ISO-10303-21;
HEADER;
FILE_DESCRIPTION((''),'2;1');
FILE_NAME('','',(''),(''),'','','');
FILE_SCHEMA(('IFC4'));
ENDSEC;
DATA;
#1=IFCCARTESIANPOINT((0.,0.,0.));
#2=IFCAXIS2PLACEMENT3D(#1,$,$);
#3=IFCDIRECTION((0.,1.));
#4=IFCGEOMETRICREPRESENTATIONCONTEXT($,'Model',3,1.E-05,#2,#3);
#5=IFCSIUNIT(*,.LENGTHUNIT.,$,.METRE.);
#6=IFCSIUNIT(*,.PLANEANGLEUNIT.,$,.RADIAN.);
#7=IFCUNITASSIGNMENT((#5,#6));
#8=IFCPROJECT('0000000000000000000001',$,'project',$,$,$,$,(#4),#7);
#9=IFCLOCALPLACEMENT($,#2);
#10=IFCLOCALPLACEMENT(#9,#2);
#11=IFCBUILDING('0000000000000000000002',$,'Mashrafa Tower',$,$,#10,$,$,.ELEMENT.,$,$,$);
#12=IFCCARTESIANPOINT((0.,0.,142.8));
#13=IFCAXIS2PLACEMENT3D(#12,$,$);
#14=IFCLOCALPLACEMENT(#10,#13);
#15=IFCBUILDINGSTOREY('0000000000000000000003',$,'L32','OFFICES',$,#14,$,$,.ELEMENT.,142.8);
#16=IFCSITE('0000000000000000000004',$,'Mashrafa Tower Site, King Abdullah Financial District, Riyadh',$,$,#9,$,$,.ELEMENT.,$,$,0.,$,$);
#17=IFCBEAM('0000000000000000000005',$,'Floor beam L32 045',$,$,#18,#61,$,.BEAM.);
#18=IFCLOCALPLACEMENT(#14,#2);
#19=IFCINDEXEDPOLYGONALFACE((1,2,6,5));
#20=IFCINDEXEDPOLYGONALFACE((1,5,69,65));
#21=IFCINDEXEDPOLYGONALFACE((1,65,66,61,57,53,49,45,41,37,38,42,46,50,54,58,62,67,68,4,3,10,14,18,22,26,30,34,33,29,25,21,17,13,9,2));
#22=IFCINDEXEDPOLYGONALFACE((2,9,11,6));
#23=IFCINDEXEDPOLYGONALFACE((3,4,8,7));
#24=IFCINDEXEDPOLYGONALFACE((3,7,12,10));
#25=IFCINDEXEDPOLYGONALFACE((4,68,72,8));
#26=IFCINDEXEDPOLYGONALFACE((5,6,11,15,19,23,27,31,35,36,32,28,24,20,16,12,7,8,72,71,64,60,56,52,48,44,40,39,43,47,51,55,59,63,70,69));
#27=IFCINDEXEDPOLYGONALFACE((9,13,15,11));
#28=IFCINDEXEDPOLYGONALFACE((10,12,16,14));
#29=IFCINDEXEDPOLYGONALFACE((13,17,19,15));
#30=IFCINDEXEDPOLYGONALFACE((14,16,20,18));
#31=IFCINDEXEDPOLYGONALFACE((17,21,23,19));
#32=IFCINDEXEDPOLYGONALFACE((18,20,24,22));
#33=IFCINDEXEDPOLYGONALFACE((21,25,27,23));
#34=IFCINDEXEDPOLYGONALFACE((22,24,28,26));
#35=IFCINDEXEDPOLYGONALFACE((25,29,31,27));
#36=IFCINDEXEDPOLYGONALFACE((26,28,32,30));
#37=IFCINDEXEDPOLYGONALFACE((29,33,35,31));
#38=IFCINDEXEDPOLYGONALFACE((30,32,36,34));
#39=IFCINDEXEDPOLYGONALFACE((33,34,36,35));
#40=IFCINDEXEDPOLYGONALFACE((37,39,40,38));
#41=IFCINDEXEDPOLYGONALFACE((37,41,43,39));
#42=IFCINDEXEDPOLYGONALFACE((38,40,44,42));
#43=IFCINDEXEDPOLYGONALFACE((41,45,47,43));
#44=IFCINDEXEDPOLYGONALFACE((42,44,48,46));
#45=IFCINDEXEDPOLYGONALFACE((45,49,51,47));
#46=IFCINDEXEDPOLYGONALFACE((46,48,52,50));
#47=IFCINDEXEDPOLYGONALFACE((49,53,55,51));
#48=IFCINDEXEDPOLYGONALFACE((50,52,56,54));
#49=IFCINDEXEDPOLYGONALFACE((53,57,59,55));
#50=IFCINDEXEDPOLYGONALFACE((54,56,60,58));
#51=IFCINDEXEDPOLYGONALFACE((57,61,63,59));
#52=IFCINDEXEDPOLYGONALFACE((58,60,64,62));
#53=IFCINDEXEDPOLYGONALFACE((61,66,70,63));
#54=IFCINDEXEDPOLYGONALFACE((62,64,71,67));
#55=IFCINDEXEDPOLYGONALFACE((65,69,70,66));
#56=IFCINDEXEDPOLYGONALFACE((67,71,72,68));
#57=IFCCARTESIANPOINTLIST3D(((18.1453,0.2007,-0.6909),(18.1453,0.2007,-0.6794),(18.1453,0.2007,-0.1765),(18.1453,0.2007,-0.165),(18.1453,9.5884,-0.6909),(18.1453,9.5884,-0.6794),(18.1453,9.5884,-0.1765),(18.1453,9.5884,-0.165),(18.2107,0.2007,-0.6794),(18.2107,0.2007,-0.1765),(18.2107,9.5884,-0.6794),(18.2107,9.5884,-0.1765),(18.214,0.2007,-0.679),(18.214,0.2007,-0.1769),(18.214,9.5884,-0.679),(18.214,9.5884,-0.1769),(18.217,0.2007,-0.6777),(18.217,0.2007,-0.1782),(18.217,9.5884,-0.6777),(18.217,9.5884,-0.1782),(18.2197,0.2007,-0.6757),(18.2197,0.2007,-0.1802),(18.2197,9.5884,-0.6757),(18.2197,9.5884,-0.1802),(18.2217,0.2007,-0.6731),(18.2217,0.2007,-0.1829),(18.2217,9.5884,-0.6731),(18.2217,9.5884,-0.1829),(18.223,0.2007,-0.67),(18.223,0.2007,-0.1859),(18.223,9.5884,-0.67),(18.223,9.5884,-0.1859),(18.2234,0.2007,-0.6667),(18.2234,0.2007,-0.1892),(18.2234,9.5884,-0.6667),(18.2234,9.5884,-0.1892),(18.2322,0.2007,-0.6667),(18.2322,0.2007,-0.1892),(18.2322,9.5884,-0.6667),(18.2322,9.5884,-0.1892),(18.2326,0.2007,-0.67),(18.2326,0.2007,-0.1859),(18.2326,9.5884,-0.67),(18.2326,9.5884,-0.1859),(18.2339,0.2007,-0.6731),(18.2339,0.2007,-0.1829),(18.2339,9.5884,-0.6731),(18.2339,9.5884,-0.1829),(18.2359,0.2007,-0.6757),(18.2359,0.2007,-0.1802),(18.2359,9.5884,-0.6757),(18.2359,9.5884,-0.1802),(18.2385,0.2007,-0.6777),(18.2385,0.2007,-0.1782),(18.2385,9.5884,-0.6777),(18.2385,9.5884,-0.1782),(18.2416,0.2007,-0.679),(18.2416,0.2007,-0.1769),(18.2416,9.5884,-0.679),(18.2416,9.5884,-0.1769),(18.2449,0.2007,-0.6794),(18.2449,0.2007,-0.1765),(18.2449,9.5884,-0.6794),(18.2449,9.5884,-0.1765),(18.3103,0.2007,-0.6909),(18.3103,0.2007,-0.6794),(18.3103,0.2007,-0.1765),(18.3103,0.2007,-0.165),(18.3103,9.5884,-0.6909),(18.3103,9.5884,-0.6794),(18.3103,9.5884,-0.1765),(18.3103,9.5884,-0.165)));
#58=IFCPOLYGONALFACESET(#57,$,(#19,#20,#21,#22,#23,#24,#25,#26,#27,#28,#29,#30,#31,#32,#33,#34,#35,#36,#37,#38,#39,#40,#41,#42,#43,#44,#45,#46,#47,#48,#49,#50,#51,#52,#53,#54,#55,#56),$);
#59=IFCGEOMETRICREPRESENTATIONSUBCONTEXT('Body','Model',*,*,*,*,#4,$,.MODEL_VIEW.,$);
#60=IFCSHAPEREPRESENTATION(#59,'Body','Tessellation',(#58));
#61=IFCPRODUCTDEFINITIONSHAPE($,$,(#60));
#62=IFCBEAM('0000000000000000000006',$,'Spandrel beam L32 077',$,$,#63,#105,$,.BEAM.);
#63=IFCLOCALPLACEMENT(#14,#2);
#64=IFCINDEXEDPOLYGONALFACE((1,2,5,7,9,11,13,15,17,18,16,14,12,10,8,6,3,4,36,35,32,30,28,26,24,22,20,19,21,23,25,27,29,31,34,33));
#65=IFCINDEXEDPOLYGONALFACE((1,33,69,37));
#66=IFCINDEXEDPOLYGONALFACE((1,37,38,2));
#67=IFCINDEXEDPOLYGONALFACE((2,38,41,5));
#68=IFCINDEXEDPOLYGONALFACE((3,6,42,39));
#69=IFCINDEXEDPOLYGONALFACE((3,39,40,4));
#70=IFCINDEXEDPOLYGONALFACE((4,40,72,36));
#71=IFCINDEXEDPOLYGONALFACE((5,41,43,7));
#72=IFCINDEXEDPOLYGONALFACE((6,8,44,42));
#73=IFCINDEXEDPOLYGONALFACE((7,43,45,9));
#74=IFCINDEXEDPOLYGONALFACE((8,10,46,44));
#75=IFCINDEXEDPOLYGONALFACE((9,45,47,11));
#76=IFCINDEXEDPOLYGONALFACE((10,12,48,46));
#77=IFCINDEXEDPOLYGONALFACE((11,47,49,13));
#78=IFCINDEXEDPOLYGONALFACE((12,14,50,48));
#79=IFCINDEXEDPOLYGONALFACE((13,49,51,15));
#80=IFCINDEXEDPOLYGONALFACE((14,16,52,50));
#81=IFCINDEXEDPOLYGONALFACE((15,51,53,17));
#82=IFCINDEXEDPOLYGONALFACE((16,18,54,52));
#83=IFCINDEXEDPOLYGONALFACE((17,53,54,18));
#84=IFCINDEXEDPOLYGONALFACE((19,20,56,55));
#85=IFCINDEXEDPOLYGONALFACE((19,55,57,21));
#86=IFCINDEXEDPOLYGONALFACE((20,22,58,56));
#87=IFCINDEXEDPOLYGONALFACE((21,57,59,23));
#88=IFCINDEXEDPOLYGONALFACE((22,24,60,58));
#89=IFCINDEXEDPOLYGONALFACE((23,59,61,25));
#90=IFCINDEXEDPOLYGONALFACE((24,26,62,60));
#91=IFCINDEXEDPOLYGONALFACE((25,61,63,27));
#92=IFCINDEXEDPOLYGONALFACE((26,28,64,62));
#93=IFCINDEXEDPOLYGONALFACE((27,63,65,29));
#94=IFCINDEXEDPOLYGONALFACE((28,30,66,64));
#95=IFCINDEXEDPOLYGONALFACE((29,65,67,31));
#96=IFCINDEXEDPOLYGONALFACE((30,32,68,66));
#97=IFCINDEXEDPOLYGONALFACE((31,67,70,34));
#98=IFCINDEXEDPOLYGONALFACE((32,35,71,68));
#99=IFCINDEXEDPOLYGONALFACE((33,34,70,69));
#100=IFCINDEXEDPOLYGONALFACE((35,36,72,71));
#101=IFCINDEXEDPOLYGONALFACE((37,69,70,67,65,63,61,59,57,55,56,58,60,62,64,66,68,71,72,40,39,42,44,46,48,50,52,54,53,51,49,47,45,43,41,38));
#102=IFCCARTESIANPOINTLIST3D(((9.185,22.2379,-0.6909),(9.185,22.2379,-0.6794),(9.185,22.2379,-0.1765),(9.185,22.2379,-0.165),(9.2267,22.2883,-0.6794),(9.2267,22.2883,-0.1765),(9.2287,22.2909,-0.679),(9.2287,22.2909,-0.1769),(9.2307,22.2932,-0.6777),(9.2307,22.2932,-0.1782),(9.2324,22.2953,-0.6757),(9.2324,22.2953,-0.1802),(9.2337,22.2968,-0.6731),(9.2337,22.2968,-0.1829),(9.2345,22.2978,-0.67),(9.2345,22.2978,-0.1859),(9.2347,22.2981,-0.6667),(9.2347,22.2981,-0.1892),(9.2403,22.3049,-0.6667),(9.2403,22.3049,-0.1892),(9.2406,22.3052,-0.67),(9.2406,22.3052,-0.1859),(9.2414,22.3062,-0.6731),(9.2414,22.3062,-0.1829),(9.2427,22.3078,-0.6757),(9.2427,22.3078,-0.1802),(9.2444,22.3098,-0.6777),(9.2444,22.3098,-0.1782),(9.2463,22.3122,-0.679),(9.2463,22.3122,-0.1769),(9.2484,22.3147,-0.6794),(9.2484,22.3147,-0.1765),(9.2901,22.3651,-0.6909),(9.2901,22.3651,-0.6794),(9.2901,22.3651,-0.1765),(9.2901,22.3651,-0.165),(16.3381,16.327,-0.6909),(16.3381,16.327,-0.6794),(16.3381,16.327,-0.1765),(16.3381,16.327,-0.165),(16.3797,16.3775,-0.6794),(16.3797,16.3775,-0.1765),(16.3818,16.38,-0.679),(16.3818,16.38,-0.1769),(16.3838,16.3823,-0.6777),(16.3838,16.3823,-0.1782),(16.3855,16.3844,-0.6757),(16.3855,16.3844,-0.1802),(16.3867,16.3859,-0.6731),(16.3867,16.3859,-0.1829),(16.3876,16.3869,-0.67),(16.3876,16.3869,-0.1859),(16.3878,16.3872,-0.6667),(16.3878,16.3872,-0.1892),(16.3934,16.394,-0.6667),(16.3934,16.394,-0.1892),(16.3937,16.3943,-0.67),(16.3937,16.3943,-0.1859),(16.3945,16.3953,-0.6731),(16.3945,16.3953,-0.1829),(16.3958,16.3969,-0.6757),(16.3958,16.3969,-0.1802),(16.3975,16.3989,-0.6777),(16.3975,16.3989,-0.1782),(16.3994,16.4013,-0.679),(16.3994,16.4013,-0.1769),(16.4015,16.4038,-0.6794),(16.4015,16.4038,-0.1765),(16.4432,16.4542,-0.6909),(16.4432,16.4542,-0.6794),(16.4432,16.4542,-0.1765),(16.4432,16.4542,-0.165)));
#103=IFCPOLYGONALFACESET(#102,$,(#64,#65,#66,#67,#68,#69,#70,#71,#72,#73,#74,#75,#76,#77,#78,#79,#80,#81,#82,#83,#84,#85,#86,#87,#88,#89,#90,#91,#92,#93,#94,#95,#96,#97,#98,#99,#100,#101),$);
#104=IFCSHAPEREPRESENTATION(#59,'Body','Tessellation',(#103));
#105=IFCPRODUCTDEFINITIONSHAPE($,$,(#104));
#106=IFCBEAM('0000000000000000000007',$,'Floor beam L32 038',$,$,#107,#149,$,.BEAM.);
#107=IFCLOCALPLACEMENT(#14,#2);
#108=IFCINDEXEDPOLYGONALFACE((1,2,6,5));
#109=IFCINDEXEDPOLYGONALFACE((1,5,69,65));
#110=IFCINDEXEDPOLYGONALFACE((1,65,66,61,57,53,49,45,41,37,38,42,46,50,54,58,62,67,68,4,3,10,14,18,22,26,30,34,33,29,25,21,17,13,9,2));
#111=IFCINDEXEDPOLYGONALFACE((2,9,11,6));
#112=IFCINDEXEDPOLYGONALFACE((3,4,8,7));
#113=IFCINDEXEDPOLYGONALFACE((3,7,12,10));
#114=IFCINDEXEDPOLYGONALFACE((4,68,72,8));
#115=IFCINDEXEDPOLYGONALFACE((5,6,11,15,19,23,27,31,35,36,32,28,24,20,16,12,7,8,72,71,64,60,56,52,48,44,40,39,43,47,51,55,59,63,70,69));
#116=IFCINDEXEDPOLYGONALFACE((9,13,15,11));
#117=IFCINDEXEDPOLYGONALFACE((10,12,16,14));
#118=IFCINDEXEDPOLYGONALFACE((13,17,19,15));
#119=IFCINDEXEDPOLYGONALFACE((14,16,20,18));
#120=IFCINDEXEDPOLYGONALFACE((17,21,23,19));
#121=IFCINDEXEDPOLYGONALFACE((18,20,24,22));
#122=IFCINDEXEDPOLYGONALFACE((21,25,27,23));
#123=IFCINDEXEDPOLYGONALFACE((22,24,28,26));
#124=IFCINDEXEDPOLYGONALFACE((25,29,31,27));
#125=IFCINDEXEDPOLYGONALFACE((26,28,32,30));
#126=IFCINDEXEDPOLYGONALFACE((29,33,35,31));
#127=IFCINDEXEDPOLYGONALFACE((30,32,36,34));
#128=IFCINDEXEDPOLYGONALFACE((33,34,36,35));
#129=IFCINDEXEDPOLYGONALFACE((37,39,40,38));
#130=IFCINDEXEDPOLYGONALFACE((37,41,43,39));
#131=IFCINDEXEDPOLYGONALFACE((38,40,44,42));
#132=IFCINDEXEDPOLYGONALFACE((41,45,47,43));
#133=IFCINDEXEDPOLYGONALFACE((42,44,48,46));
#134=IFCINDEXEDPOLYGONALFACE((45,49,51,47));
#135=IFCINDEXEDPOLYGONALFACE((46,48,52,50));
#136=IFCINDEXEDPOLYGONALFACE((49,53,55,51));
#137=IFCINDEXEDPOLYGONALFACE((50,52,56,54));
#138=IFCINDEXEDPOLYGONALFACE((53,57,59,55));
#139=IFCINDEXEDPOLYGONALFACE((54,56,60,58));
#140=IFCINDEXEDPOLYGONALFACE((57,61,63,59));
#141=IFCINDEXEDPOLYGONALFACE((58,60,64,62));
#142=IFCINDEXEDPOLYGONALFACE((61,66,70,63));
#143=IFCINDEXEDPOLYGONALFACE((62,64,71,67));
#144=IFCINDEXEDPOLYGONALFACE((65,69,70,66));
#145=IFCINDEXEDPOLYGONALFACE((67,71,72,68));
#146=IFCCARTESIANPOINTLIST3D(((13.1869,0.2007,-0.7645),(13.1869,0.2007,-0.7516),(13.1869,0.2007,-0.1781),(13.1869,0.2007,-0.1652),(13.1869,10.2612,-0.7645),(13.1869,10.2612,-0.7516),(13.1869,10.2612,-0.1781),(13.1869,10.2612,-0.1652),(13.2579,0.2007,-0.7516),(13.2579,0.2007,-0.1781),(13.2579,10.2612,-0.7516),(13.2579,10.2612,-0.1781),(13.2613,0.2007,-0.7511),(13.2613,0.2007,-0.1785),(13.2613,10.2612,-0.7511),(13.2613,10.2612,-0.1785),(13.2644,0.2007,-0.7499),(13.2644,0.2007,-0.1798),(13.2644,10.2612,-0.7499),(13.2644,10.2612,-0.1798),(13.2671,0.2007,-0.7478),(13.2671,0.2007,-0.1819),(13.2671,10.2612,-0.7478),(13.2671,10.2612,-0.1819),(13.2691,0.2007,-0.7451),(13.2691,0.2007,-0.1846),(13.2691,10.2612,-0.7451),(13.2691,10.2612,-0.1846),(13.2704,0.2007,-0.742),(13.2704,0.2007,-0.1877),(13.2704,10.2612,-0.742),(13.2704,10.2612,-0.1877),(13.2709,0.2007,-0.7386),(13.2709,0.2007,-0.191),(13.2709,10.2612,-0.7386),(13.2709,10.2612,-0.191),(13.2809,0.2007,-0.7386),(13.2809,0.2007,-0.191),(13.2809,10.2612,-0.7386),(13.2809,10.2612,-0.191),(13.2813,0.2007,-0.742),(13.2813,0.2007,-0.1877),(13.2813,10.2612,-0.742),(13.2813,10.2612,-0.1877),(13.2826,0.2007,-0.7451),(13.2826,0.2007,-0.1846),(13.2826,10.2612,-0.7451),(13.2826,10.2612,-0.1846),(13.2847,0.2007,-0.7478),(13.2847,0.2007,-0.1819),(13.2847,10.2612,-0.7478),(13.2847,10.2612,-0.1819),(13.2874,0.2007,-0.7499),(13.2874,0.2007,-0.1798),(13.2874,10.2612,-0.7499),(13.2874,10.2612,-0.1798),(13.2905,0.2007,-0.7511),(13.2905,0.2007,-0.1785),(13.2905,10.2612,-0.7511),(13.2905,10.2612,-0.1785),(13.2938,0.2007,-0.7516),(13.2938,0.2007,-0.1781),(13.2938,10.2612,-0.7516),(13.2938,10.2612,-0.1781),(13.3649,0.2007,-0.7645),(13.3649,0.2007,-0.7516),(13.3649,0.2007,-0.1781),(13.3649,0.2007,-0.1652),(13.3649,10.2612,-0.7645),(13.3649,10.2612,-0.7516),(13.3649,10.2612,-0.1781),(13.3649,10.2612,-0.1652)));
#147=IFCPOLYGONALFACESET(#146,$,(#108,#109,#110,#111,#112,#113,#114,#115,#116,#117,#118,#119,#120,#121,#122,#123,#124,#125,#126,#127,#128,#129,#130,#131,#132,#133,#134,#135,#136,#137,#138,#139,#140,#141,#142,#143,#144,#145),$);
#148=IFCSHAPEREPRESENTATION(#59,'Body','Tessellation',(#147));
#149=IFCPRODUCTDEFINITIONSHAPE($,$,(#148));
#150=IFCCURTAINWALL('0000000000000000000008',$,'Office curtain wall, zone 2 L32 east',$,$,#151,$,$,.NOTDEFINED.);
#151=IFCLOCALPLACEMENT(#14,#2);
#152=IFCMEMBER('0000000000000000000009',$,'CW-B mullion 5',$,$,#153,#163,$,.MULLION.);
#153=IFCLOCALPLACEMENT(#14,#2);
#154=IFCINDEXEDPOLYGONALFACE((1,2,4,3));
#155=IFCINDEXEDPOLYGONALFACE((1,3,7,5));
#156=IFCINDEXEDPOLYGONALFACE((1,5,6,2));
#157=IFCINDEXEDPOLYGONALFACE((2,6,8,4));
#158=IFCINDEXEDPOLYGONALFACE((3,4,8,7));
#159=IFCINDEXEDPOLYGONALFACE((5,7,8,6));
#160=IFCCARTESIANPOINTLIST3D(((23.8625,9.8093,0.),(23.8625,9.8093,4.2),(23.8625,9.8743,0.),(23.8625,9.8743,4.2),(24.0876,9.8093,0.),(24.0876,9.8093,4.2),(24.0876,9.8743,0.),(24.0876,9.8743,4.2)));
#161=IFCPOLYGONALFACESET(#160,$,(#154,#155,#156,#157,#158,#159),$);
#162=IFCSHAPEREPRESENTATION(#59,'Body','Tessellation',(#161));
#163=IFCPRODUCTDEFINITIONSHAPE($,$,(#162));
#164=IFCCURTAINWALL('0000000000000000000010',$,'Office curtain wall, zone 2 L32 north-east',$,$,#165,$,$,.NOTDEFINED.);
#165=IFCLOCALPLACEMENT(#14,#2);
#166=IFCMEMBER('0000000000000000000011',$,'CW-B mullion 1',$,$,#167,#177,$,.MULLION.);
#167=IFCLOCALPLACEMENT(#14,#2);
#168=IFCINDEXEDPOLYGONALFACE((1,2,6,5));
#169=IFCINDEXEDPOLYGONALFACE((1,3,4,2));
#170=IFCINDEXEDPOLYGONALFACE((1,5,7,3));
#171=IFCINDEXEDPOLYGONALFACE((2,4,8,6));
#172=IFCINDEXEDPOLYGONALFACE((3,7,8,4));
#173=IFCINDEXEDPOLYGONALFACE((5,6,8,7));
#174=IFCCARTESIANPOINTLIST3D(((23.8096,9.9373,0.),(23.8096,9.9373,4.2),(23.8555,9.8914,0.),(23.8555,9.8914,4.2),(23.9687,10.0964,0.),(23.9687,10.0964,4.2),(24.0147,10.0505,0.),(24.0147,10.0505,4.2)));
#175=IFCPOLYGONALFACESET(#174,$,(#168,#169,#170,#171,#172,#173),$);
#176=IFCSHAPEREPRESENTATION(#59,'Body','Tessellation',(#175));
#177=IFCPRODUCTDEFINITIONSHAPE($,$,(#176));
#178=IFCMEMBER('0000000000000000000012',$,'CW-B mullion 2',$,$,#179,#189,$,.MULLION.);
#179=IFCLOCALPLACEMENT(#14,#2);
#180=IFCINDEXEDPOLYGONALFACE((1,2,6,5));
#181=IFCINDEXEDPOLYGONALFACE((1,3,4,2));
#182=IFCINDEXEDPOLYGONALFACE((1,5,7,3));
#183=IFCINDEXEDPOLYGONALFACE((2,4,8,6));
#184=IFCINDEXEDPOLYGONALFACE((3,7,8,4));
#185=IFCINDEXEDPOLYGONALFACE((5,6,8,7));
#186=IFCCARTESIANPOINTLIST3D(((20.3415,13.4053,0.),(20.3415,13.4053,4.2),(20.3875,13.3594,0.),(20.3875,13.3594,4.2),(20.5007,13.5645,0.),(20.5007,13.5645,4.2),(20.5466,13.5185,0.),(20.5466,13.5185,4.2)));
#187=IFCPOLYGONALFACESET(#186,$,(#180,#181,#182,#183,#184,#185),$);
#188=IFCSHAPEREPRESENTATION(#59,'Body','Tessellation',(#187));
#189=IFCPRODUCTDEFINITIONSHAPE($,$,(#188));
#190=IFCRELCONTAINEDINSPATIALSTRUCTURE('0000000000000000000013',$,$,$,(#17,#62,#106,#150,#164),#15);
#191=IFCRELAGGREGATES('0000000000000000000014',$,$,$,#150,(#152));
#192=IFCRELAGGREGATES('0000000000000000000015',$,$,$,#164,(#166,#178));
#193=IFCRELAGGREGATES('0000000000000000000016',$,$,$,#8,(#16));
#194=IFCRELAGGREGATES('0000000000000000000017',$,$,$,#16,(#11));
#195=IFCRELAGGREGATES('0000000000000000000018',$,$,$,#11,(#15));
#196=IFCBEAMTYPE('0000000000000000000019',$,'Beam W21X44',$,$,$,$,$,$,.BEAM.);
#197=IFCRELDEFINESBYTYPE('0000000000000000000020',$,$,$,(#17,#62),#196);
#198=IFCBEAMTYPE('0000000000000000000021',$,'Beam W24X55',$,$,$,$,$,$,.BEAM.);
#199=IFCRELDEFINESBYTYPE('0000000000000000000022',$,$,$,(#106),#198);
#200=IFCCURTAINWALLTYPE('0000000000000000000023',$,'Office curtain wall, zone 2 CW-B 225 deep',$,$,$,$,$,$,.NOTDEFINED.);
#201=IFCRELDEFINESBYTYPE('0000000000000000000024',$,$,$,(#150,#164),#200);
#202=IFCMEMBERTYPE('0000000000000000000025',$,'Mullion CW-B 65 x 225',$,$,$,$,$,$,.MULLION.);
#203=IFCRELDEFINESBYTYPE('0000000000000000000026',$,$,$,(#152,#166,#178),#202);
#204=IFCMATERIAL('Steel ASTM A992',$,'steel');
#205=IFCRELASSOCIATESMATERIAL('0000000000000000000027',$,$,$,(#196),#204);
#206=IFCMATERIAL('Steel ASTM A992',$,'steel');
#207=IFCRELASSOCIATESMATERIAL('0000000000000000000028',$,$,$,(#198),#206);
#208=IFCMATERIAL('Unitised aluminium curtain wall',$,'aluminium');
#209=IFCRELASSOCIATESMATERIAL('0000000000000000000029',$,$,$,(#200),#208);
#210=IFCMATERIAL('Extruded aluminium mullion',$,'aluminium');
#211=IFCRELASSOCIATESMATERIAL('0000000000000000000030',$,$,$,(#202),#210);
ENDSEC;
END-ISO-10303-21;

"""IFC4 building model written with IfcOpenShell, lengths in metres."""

from ifc_helpers import new_model, si_unit, direction, frame, origin, origin_2d, place, context, subcontext, project, spatial, rectangle, i_section, extrude, source, transform, mapped, material, material_profile, profile_set, type_object, type_shapes, element, aggregate, save


model = new_model("IFC4")

# Units and contexts
model_context = context("Model", 3, precision=1e-05, world=origin(), true_north=direction((0.0, 1.0)))
body_context = subcontext(model_context, "Body", "Model", "MODEL_VIEW")
ifc_project = project(units=[si_unit("LENGTHUNIT", "METRE"), si_unit("PLANEANGLEUNIT", "RADIAN")], contexts=[model_context])

# Site, building, storey
site_placement = place(None, origin())
site = spatial("IfcSite", under=ifc_project, at=site_placement, Name="Mashrafa Tower Site, King Abdullah Financial District, Riyadh", CompositionType="ELEMENT", RefElevation=0.0)
building_placement = place(site_placement, origin())
building = spatial("IfcBuilding", under=site, at=building_placement, Name="Mashrafa Tower", CompositionType="ELEMENT")
storey_placement = place(building_placement, frame((0.0, 0.0, 142.8)))
storey = spatial("IfcBuildingStorey", under=building, at=storey_placement, Name="L32", Description="OFFICES", CompositionType="ELEMENT", Elevation=142.8)

# Beams
ifc_material_1 = material(Name="Steel ASTM A992", Category="steel")
ifc_material_profile_1 = material_profile(ifc_material_1, i_section(OverallWidth=0.165, OverallDepth=0.5259, WebThickness=0.0088, FlangeThickness=0.0115, FilletRadius=0.0127, at=origin_2d()), Name="W21X44")
ifc_profile_set_1 = profile_set([ifc_material_profile_1], Name="Steel ASTM A992")
beam_type_1 = type_object("IfcBeamType", Name="Beam W21X44", PredefinedType="BEAM", material=ifc_profile_set_1)
beam_1_placement = place(storey_placement, frame((18.2278, 9.5884, -0.428), z_axis=(0.0, -1.0, 0.0), x_axis=(1.0, 0.0, 0.0)))
element("IfcBeam", 1, at=beam_1_placement, inside=storey, type_object=beam_type_1, Name="Floor beam L32 045", PredefinedType="BEAM", context=body_context, shape_type="SweptSolid", body=[
    extrude(i_section(OverallWidth=0.165, OverallDepth=0.5259, WebThickness=0.0088, FlangeThickness=0.0115, FilletRadius=0.0127, at=origin_2d()), origin(), (0.0, 0.0, 1.0), 9.3877),
])
beam_2_placement = place(storey_placement, frame((16.3906, 16.3906, -0.428), z_axis=(-0.770865, 0.636998, 0.0), x_axis=(-0.636998, -0.770865, 0.0)))
element("IfcBeam", 2, at=beam_2_placement, inside=storey, type_object=beam_type_1, Name="Spandrel beam L32 077", PredefinedType="BEAM", context=body_context, shape_type="SweptSolid", body=[
    extrude(i_section(OverallWidth=0.165, OverallDepth=0.5259, WebThickness=0.0088, FlangeThickness=0.0115, FilletRadius=0.0127, at=origin_2d()), origin(), (0.0, 0.0, 1.0), 9.2793),
])
ifc_material_2 = material(Name="Steel ASTM A992", Category="steel")
ifc_material_profile_2 = material_profile(ifc_material_2, i_section(OverallWidth=0.178, OverallDepth=0.5994, WebThickness=0.01, FlangeThickness=0.0129, FilletRadius=0.0129, at=origin_2d()), Name="W24X55")
ifc_profile_set_2 = profile_set([ifc_material_profile_2], Name="Steel ASTM A992")
beam_type_2 = type_object("IfcBeamType", Name="Beam W24X55", PredefinedType="BEAM", material=ifc_profile_set_2)
beam_3_placement = place(storey_placement, frame((13.2759, 10.2612, -0.4648), z_axis=(0.0, -1.0, 0.0), x_axis=(1.0, 0.0, 0.0)))
element("IfcBeam", 3, at=beam_3_placement, inside=storey, type_object=beam_type_2, Name="Floor beam L32 038", PredefinedType="BEAM", context=body_context, shape_type="SweptSolid", body=[
    extrude(i_section(OverallWidth=0.178, OverallDepth=0.5994, WebThickness=0.01, FlangeThickness=0.0129, FilletRadius=0.0129, at=origin_2d()), origin(), (0.0, 0.0, 1.0), 10.0605),
])

# Curtain wall, member
ifc_material_3 = material(Name="Unitised aluminium curtain wall", Category="aluminium")
curtain_wall_type = type_object("IfcCurtainWallType", Name="Office curtain wall, zone 2 CW-B 225 deep", PredefinedType="NOTDEFINED", material=ifc_material_3)
curtain_wall_1_placement = place(storey_placement, origin())
curtain_wall_1 = element("IfcCurtainWall", 4, at=curtain_wall_1_placement, inside=storey, type_object=curtain_wall_type, Name="Office curtain wall, zone 2 L32 east", PredefinedType="NOTDEFINED")
ifc_material_4 = material(Name="Extruded aluminium mullion", Category="aluminium")
ifc_material_profile_3 = material_profile(ifc_material_4, rectangle(XDim=0.2251, YDim=0.0649, at=origin_2d()), Name="Mullion 65x225")
ifc_profile_set_3 = profile_set([ifc_material_profile_3], Name="Extruded aluminium mullion")
member_type_1 = type_object("IfcMemberType", Name="Mullion CW-B 65 x 225", PredefinedType="MULLION", material=ifc_profile_set_3)
shared_shape_1 = source(origin(), body_context, "Body", "SweptSolid", [
    extrude(rectangle(XDim=0.2251, YDim=0.0649, at=origin_2d()), origin(), (0.0, 0.0, 1.0), 4.2),
])
type_shapes(member_type_1, [shared_shape_1])
member_1_placement = place(storey_placement, frame((23.9751, 9.8418, 0.0), z_axis=(0.0, 0.0, 1.0), x_axis=(-1.0, 0.0, 0.0)))
member_1 = element("IfcMember", 5, at=member_1_placement, type_object=member_type_1, Name="CW-B mullion 5", PredefinedType="MULLION", context=body_context, shape_type="MappedRepresentation", body=[
    mapped(shared_shape_1, transform((0.0, 0.0, 0.0))),
])
aggregate(curtain_wall_1, [member_1])

# Curtain wall, members
curtain_wall_2_placement = place(storey_placement, origin())
curtain_wall_2 = element("IfcCurtainWall", 6, at=curtain_wall_2_placement, inside=storey, type_object=curtain_wall_type, Name="Office curtain wall, zone 2 L32 north-east", PredefinedType="NOTDEFINED")
member_2_placement = place(storey_placement, frame((23.9121, 9.9939, 0.0), z_axis=(0.0, 0.0, 1.0), x_axis=(-0.707107, -0.707107, 0.0)))
member_2 = element("IfcMember", 7, at=member_2_placement, type_object=member_type_1, Name="CW-B mullion 1", PredefinedType="MULLION", context=body_context, shape_type="MappedRepresentation", body=[
    mapped(shared_shape_1, transform((0.0, 0.0, 0.0))),
])
member_3_placement = place(storey_placement, frame((20.4441, 13.4619, 0.0), z_axis=(0.0, 0.0, 1.0), x_axis=(-0.707107, -0.707107, 0.0)))
member_3 = element("IfcMember", 8, at=member_3_placement, type_object=member_type_1, Name="CW-B mullion 2", PredefinedType="MULLION", context=body_context, shape_type="MappedRepresentation", body=[
    mapped(shared_shape_1, transform((0.0, 0.0, 0.0))),
])
aggregate(curtain_wall_2, [member_2, member_3])

save(model, "model.ifc")
